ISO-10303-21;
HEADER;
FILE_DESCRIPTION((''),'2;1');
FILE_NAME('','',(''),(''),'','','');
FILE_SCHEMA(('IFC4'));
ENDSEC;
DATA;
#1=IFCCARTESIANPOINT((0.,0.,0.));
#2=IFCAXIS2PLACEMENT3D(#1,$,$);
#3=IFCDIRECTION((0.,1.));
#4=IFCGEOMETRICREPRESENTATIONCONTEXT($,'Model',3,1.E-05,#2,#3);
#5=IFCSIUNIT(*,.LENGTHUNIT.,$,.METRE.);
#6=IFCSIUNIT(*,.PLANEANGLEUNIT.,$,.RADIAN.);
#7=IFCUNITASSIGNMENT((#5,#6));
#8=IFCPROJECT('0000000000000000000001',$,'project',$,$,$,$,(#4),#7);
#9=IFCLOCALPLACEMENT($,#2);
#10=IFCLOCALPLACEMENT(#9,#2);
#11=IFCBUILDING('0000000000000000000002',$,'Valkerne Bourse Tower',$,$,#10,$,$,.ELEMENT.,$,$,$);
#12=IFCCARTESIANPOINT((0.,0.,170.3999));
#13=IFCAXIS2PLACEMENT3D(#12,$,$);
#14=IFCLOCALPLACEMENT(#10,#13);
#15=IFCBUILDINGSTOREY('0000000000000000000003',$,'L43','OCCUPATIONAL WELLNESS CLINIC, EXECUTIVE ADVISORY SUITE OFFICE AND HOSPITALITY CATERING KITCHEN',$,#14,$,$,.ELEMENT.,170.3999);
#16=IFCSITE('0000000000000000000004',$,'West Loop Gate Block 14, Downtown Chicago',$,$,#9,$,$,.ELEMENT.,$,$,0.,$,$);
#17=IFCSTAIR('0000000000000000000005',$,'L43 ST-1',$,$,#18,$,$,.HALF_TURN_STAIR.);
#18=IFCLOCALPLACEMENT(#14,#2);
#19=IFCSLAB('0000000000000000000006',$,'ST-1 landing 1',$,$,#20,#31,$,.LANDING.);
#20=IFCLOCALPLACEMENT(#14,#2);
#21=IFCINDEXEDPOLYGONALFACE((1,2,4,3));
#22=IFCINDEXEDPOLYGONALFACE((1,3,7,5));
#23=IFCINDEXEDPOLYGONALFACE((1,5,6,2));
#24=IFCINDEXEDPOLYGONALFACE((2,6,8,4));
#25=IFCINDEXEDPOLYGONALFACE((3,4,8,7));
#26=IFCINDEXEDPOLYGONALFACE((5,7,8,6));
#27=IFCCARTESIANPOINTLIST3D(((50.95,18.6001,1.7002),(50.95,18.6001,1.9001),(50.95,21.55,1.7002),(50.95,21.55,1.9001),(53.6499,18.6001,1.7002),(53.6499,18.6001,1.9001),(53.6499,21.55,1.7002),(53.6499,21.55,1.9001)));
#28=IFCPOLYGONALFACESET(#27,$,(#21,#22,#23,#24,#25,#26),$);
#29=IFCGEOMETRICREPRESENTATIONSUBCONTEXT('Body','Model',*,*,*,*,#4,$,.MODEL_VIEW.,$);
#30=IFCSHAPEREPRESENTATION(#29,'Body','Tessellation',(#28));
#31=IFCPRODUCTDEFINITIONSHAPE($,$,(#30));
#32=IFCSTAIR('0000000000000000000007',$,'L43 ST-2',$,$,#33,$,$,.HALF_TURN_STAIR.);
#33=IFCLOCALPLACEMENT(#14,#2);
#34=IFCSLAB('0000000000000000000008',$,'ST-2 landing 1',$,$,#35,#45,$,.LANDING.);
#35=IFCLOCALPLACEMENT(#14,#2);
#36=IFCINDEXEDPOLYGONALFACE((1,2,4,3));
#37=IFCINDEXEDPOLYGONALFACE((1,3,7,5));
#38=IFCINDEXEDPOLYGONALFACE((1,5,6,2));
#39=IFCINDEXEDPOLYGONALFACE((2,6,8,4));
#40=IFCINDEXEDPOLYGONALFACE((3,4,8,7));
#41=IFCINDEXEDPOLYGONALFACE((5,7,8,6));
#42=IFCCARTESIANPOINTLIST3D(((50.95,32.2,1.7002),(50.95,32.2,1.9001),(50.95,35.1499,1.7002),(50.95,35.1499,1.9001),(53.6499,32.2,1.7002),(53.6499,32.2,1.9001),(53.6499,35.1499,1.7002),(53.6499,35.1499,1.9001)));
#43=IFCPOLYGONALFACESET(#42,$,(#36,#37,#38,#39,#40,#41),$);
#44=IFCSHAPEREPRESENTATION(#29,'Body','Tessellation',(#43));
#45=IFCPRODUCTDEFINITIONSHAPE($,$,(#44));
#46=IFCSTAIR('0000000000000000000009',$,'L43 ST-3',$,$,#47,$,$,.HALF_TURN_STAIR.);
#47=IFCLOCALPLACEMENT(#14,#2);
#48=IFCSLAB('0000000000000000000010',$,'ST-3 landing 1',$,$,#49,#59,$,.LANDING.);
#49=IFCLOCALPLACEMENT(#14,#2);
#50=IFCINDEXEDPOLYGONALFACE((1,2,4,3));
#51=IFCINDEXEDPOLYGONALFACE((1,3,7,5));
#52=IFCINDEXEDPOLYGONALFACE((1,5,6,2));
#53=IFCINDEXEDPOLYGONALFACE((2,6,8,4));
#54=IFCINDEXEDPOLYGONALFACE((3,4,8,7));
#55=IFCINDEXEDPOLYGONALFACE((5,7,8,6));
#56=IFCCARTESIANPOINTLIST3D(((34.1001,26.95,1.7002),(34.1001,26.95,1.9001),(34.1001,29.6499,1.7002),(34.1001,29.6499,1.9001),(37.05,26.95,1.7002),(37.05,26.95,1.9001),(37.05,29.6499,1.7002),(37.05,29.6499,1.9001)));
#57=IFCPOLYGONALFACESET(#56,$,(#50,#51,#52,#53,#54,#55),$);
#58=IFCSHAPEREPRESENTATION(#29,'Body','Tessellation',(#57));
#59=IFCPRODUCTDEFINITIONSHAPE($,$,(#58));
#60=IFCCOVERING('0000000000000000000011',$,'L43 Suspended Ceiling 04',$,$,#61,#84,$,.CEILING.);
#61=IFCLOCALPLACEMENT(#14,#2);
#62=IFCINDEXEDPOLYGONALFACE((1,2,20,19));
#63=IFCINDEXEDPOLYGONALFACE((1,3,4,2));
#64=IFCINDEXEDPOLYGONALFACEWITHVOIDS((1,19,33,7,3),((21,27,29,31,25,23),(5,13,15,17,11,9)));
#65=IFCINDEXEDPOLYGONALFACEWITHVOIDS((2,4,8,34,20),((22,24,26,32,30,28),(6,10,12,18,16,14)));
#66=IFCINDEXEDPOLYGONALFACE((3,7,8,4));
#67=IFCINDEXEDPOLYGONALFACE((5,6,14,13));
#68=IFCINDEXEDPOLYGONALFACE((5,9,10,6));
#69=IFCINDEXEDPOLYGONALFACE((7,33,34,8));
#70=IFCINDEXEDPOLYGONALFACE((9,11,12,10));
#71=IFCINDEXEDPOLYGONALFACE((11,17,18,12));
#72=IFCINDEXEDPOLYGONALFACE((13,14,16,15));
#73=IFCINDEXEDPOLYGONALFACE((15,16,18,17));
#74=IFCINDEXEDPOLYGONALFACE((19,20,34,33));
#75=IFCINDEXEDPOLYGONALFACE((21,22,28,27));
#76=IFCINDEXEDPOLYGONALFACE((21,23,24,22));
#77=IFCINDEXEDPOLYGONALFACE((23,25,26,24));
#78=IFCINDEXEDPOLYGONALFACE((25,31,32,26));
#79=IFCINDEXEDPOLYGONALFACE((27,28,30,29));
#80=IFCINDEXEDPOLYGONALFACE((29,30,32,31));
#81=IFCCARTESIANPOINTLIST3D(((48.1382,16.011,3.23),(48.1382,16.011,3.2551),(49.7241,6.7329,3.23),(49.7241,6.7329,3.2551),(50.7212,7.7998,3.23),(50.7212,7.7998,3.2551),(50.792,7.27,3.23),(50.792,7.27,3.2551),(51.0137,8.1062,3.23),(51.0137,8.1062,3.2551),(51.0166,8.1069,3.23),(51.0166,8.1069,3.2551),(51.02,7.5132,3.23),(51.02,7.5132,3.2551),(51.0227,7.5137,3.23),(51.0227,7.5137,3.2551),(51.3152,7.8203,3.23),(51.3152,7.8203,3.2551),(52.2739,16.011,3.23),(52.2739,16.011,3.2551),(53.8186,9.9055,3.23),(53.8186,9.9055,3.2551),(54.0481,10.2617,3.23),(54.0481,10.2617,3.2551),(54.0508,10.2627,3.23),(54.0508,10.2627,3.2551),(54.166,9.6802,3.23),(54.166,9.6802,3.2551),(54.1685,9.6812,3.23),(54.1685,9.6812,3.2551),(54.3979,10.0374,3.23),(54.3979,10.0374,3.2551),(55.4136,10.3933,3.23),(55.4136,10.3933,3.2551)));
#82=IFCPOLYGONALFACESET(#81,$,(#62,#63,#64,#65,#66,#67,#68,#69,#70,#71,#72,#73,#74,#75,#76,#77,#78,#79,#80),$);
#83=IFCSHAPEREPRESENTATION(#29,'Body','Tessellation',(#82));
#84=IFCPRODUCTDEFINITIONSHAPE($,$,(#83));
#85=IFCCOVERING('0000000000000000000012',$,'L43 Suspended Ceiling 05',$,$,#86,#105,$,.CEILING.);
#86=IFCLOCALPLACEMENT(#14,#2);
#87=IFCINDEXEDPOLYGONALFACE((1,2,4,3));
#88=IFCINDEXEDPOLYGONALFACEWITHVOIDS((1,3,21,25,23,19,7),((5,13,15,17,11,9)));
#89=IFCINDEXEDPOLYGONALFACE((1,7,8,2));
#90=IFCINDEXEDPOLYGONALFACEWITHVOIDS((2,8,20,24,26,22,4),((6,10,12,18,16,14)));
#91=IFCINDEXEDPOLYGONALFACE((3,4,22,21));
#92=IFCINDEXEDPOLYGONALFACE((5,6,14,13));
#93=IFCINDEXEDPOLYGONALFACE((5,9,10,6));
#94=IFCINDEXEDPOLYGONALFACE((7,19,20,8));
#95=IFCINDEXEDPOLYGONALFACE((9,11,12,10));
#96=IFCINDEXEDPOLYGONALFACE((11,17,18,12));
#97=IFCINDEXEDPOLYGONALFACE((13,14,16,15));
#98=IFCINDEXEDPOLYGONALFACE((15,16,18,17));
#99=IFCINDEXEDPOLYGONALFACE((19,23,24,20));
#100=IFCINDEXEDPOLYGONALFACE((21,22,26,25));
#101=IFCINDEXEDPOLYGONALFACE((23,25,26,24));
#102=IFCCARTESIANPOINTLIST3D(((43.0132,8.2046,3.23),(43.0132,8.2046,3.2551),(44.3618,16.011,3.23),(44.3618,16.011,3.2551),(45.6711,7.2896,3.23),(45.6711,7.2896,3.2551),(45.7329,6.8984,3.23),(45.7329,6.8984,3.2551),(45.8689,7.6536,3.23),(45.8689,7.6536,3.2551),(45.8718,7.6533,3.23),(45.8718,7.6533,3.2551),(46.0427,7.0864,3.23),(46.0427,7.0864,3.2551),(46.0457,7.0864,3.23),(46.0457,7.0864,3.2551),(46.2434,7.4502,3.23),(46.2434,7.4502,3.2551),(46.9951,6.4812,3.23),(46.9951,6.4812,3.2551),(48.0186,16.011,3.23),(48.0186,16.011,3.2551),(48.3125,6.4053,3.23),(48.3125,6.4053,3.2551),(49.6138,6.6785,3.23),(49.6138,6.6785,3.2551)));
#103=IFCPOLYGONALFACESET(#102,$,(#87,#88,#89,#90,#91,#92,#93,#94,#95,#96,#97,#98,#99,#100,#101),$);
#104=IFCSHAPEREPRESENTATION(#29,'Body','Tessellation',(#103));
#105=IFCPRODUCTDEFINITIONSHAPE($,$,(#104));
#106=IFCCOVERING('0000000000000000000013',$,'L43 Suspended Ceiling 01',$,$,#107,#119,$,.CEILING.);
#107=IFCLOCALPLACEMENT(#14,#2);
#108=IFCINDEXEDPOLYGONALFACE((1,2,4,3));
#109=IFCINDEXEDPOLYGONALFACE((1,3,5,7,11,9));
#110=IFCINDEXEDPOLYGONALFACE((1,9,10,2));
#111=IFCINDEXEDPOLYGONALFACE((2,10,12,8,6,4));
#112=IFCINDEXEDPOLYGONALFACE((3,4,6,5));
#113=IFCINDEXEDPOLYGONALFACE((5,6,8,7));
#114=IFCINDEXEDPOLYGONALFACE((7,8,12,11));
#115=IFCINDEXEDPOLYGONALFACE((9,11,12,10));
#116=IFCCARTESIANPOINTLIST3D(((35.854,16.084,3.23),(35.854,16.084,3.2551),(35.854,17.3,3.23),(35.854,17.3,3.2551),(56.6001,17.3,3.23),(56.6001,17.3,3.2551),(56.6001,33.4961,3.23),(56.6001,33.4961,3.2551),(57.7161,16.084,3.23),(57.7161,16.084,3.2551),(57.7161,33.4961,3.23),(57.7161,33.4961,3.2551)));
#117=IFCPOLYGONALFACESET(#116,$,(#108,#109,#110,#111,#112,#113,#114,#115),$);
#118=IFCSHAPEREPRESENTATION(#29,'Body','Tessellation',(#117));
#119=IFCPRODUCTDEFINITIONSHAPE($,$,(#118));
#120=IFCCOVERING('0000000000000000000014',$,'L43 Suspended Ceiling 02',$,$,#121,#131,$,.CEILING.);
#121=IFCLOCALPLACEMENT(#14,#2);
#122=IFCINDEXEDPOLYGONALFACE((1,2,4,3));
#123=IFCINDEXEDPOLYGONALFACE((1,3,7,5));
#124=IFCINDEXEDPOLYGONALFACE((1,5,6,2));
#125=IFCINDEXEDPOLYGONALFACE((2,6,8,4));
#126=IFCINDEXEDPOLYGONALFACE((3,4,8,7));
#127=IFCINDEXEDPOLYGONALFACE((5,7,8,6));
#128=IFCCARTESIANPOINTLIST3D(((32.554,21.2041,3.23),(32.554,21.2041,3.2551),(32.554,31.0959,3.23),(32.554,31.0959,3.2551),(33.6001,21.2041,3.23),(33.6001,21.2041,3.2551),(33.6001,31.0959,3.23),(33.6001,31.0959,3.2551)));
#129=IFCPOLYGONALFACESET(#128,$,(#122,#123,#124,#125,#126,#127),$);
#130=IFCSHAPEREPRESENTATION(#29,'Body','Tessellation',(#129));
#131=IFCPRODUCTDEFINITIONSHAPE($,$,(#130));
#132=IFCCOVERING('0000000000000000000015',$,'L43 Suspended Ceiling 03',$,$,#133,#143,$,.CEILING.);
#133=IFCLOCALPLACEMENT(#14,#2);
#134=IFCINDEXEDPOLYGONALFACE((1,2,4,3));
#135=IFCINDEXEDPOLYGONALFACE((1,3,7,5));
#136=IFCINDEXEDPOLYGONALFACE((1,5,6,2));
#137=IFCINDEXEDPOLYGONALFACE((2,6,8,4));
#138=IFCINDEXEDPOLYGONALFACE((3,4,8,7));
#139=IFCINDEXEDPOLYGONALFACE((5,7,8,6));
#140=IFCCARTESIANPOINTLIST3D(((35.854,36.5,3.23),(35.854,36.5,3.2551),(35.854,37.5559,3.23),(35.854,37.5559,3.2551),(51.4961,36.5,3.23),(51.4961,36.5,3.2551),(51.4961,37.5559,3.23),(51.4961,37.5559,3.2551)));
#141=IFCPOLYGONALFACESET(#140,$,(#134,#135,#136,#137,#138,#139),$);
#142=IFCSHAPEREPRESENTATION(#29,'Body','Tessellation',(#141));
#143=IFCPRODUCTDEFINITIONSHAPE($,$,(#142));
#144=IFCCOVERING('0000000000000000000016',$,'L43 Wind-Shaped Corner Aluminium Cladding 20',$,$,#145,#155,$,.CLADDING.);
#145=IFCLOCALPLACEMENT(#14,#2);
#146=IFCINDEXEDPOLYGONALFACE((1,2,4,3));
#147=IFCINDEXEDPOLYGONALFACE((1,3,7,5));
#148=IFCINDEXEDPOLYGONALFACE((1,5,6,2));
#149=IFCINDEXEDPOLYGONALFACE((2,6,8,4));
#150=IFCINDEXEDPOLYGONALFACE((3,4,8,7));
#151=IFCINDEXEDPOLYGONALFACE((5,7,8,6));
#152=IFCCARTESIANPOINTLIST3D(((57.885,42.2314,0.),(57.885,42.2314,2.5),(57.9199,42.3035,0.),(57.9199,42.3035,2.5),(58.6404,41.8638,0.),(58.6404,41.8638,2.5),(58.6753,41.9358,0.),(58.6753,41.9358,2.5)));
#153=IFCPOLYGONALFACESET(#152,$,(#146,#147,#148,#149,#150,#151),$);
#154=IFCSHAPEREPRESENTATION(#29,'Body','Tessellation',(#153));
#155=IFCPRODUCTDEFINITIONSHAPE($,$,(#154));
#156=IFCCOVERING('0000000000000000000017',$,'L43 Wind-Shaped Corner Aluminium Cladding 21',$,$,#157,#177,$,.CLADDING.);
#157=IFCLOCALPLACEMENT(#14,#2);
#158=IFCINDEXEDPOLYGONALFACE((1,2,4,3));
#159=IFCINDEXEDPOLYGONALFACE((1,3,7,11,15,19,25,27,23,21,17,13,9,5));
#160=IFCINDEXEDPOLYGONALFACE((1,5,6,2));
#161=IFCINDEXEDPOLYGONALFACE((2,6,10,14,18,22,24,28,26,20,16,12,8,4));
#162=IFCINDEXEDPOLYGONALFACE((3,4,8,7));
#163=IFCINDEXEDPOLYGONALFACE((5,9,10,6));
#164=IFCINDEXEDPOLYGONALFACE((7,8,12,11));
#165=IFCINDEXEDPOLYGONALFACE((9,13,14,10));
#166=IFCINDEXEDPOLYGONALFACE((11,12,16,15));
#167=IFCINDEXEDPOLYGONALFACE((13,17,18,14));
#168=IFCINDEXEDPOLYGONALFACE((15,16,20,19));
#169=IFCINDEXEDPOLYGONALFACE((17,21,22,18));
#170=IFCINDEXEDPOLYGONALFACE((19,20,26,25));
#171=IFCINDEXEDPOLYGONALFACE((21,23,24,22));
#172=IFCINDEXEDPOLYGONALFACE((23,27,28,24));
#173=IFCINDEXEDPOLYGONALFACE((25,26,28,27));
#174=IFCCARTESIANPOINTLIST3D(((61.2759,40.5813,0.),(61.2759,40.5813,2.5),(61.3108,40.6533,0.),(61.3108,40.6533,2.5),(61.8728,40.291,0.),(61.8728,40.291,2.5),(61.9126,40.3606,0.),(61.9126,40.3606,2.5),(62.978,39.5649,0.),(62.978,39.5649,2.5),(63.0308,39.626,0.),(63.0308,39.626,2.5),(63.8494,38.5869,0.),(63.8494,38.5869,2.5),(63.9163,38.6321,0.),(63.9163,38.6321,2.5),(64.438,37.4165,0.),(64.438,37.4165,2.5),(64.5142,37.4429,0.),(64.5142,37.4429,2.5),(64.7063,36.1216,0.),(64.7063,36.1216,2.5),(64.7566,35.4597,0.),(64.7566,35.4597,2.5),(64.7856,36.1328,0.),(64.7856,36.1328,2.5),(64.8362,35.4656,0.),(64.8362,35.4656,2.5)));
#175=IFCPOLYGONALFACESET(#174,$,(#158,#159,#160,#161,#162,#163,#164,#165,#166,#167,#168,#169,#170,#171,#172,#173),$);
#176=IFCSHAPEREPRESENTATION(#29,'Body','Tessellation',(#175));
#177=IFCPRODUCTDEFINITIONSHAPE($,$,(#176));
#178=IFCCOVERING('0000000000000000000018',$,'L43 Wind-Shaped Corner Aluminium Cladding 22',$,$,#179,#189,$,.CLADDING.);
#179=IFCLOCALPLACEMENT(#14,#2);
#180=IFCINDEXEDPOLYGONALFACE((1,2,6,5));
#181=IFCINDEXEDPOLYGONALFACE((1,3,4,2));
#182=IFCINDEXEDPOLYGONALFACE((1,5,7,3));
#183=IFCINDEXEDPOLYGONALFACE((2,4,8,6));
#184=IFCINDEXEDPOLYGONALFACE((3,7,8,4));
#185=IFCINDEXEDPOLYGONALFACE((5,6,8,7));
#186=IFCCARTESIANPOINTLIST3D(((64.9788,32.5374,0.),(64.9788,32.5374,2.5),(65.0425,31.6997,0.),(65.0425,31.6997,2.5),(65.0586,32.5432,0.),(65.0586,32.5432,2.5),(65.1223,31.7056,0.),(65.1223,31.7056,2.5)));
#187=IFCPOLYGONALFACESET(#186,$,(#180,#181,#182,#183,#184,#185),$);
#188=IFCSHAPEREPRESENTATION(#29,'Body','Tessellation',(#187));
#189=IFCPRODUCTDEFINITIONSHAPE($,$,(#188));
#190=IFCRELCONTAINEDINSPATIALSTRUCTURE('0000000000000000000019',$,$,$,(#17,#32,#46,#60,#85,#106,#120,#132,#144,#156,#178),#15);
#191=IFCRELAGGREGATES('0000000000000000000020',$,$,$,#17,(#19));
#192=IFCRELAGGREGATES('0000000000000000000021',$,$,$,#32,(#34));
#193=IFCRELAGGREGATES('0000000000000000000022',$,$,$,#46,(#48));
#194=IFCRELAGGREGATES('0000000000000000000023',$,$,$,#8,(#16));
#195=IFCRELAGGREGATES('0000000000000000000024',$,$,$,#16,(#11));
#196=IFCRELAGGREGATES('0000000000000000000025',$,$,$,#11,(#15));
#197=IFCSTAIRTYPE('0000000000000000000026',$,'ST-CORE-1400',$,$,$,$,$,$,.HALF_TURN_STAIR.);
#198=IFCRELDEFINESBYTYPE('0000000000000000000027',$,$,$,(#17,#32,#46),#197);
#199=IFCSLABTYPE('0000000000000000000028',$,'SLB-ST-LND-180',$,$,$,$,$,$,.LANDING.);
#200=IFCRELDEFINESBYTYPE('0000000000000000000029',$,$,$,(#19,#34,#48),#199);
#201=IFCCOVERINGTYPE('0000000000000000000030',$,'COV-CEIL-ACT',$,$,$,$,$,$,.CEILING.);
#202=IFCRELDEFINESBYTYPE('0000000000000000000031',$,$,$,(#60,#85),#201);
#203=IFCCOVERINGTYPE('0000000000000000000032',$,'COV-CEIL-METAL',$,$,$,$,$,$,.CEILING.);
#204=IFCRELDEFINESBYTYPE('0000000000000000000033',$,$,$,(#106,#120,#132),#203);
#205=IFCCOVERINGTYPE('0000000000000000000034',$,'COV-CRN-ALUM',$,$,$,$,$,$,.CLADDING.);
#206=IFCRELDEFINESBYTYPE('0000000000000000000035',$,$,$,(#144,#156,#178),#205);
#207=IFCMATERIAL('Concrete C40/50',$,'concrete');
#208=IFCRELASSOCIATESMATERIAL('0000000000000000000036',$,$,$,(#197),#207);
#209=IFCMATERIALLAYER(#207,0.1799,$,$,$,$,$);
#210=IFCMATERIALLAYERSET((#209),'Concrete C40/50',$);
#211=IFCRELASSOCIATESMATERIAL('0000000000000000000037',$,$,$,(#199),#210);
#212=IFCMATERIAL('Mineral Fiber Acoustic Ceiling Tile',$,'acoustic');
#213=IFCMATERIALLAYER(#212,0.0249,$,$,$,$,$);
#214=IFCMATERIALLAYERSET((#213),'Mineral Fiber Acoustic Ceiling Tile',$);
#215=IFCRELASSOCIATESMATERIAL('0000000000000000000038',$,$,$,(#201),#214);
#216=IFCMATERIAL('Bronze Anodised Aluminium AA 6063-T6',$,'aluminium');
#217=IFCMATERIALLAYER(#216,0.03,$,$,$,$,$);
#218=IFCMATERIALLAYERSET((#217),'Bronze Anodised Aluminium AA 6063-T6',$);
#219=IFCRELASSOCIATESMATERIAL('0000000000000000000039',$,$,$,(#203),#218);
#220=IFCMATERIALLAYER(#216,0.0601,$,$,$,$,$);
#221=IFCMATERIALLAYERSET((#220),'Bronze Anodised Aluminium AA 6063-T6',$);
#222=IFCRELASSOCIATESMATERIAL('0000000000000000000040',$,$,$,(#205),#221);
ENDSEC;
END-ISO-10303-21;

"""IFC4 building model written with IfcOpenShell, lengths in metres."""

from ifc_helpers import new_model, si_unit, direction, frame, origin, place, context, subcontext, project, spatial, polyline, outline, extrude, material, layer, layer_set, type_object, element, aggregate, save


model = new_model("IFC4")

# Units and contexts
model_context = context("Model", 3, precision=1e-05, world=origin(), true_north=direction((0.0, 1.0)))
body_context = subcontext(model_context, "Body", "Model", "MODEL_VIEW")
ifc_project = project(units=[si_unit("LENGTHUNIT", "METRE"), si_unit("PLANEANGLEUNIT", "RADIAN")], contexts=[model_context])

# Site, building, storey
site_placement = place(None, origin())
site = spatial("IfcSite", under=ifc_project, at=site_placement, Name="West Loop Gate Block 14, Downtown Chicago", CompositionType="ELEMENT", RefElevation=0.0)
building_placement = place(site_placement, origin())
building = spatial("IfcBuilding", under=site, at=building_placement, Name="Valkerne Bourse Tower", CompositionType="ELEMENT")
storey_placement = place(building_placement, frame((0.0, 0.0, 170.3999)))
storey = spatial("IfcBuildingStorey", under=building, at=storey_placement, Name="L43", Description="OCCUPATIONAL WELLNESS CLINIC, EXECUTIVE ADVISORY SUITE OFFICE AND HOSPITALITY CATERING KITCHEN", CompositionType="ELEMENT", Elevation=170.3999)

# Stairs, slabs
ifc_material_1 = material(Name="Concrete C40/50", Category="concrete")
stair_type = type_object("IfcStairType", Name="ST-CORE-1400", PredefinedType="HALF_TURN_STAIR", material=ifc_material_1)
stair_1_placement = place(storey_placement, origin())
stair_1 = element("IfcStair", 1, at=stair_1_placement, inside=storey, type_object=stair_type, Name="L43 ST-1", PredefinedType="HALF_TURN_STAIR")
ifc_layer_1 = layer(ifc_material_1, 0.1799)
ifc_layer_set_1 = layer_set([ifc_layer_1], Name="Concrete C40/50")
slab_type = type_object("IfcSlabType", Name="SLB-ST-LND-180", PredefinedType="LANDING", material=ifc_layer_set_1)
slab_1_placement = place(storey_placement, frame((0.0, 0.0, 1.7002)))
slab_1 = element("IfcSlab", 2, at=slab_1_placement, type_object=slab_type, Name="ST-1 landing 1", PredefinedType="LANDING", context=body_context, shape_type="SweptSolid", body=[
    extrude(outline(polyline([(50.95, 18.6001), (53.6499, 18.6001), (53.6499, 21.55), (50.95, 21.55), (50.95, 18.6001)])), origin(), (0.0, 0.0, 1.0), 0.2),
])
aggregate(stair_1, [slab_1])
stair_2_placement = place(storey_placement, origin())
stair_2 = element("IfcStair", 3, at=stair_2_placement, inside=storey, type_object=stair_type, Name="L43 ST-2", PredefinedType="HALF_TURN_STAIR")
slab_2_placement = place(storey_placement, frame((0.0, 0.0, 1.7002)))
slab_2 = element("IfcSlab", 4, at=slab_2_placement, type_object=slab_type, Name="ST-2 landing 1", PredefinedType="LANDING", context=body_context, shape_type="SweptSolid", body=[
    extrude(outline(polyline([(50.95, 32.2), (53.6499, 32.2), (53.6499, 35.1499), (50.95, 35.1499), (50.95, 32.2)])), origin(), (0.0, 0.0, 1.0), 0.2),
])
aggregate(stair_2, [slab_2])
stair_3_placement = place(storey_placement, origin())
stair_3 = element("IfcStair", 5, at=stair_3_placement, inside=storey, type_object=stair_type, Name="L43 ST-3", PredefinedType="HALF_TURN_STAIR")
slab_3_placement = place(storey_placement, frame((0.0, 0.0, 1.7002)))
slab_3 = element("IfcSlab", 6, at=slab_3_placement, type_object=slab_type, Name="ST-3 landing 1", PredefinedType="LANDING", context=body_context, shape_type="SweptSolid", body=[
    extrude(outline(polyline([(37.05, 26.95), (37.05, 29.6499), (34.1001, 29.6499), (34.1001, 26.95), (37.05, 26.95)])), origin(), (0.0, 0.0, 1.0), 0.2),
])
aggregate(stair_3, [slab_3])

# Coverings
ifc_material_2 = material(Name="Mineral Fiber Acoustic Ceiling Tile", Category="acoustic")
ifc_layer_2 = layer(ifc_material_2, 0.0249)
ifc_layer_set_2 = layer_set([ifc_layer_2], Name="Mineral Fiber Acoustic Ceiling Tile")
covering_type_1 = type_object("IfcCoveringType", Name="COV-CEIL-ACT", PredefinedType="CEILING", material=ifc_layer_set_2)
covering_1_placement = place(storey_placement, frame((0.0, 0.0, 3.23)))
element("IfcCovering", 7, at=covering_1_placement, inside=storey, type_object=covering_type_1, Name="L43 Suspended Ceiling 04", PredefinedType="CEILING", context=body_context, shape_type="SweptSolid", body=[
    extrude(outline(polyline([(48.1382, 16.011), (52.2739, 16.011), (55.4136, 10.3933), (50.792, 7.27), (49.7241, 6.7329), (48.1382, 16.011)]), holes=[polyline([(51.3152, 7.8203), (51.0166, 8.1069), (51.0137, 8.1062), (50.7212, 7.7998), (51.02, 7.5132), (51.0227, 7.5137), (51.3152, 7.8203)]), polyline([(54.3979, 10.0374), (54.0508, 10.2627), (54.0481, 10.2617), (53.8186, 9.9055), (54.166, 9.6802), (54.1685, 9.6812), (54.3979, 10.0374)])]), origin(), (0.0, 0.0, 1.0), 0.0251),
])
covering_2_placement = place(storey_placement, frame((0.0, 0.0, 3.23)))
element("IfcCovering", 8, at=covering_2_placement, inside=storey, type_object=covering_type_1, Name="L43 Suspended Ceiling 05", PredefinedType="CEILING", context=body_context, shape_type="SweptSolid", body=[
    extrude(outline(polyline([(46.9951, 6.4812), (45.7329, 6.8984), (43.0132, 8.2046), (44.3618, 16.011), (48.0186, 16.011), (49.6138, 6.6785), (48.3125, 6.4053), (46.9951, 6.4812)]), holes=[polyline([(46.2434, 7.4502), (45.8718, 7.6533), (45.8689, 7.6536), (45.6711, 7.2896), (46.0427, 7.0864), (46.0457, 7.0864), (46.2434, 7.4502)])]), origin(), (0.0, 0.0, 1.0), 0.0251),
])
ifc_material_3 = material(Name="Bronze Anodised Aluminium AA 6063-T6", Category="aluminium")
ifc_layer_3 = layer(ifc_material_3, 0.03)
ifc_layer_set_3 = layer_set([ifc_layer_3], Name="Bronze Anodised Aluminium AA 6063-T6")
covering_type_2 = type_object("IfcCoveringType", Name="COV-CEIL-METAL", PredefinedType="CEILING", material=ifc_layer_set_3)
covering_3_placement = place(storey_placement, frame((0.0, 0.0, 3.23)))
element("IfcCovering", 9, at=covering_3_placement, inside=storey, type_object=covering_type_2, Name="L43 Suspended Ceiling 01", PredefinedType="CEILING", context=body_context, shape_type="SweptSolid", body=[
    extrude(outline(polyline([(35.854, 17.3), (56.6001, 17.3), (56.6001, 33.4961), (57.7161, 33.4961), (57.7161, 16.084), (35.854, 16.084), (35.854, 17.3)])), origin(), (0.0, 0.0, 1.0), 0.0251),
])
covering_4_placement = place(storey_placement, frame((0.0, 0.0, 3.23)))
element("IfcCovering", 10, at=covering_4_placement, inside=storey, type_object=covering_type_2, Name="L43 Suspended Ceiling 02", PredefinedType="CEILING", context=body_context, shape_type="SweptSolid", body=[
    extrude(outline(polyline([(32.554, 21.2041), (32.554, 31.0959), (33.6001, 31.0959), (33.6001, 21.2041), (32.554, 21.2041)])), origin(), (0.0, 0.0, 1.0), 0.0251),
])
covering_5_placement = place(storey_placement, frame((0.0, 0.0, 3.23)))
element("IfcCovering", 11, at=covering_5_placement, inside=storey, type_object=covering_type_2, Name="L43 Suspended Ceiling 03", PredefinedType="CEILING", context=body_context, shape_type="SweptSolid", body=[
    extrude(outline(polyline([(35.854, 37.5559), (51.4961, 37.5559), (51.4961, 36.5), (35.854, 36.5), (35.854, 37.5559)])), origin(), (0.0, 0.0, 1.0), 0.0251),
])
ifc_layer_4 = layer(ifc_material_3, 0.0601)
ifc_layer_set_4 = layer_set([ifc_layer_4], Name="Bronze Anodised Aluminium AA 6063-T6")
covering_type_3 = type_object("IfcCoveringType", Name="COV-CRN-ALUM", PredefinedType="CLADDING", material=ifc_layer_set_4)
covering_6_placement = place(storey_placement, origin())
element("IfcCovering", 12, at=covering_6_placement, inside=storey, type_object=covering_type_3, Name="L43 Wind-Shaped Corner Aluminium Cladding 20", PredefinedType="CLADDING", context=body_context, shape_type="SweptSolid", body=[
    extrude(outline(polyline([(58.6753, 41.9358), (58.6404, 41.8638), (57.885, 42.2314), (57.9199, 42.3035), (58.6753, 41.9358)])), origin(), (0.0, 0.0, 1.0), 2.5),
])
covering_7_placement = place(storey_placement, origin())
element("IfcCovering", 13, at=covering_7_placement, inside=storey, type_object=covering_type_3, Name="L43 Wind-Shaped Corner Aluminium Cladding 21", PredefinedType="CLADDING", context=body_context, shape_type="SweptSolid", body=[
    extrude(outline(polyline([(61.9126, 40.3606), (63.0308, 39.626), (63.9163, 38.6321), (64.5142, 37.4429), (64.7856, 36.1328), (64.8362, 35.4656), (64.7566, 35.4597), (64.7063, 36.1216), (64.438, 37.4165), (63.8494, 38.5869), (62.978, 39.5649), (61.8728, 40.291), (61.2759, 40.5813), (61.3108, 40.6533), (61.9126, 40.3606)])), origin(), (0.0, 0.0, 1.0), 2.5),
])
covering_8_placement = place(storey_placement, origin())
element("IfcCovering", 14, at=covering_8_placement, inside=storey, type_object=covering_type_3, Name="L43 Wind-Shaped Corner Aluminium Cladding 22", PredefinedType="CLADDING", context=body_context, shape_type="SweptSolid", body=[
    extrude(outline(polyline([(65.1223, 31.7056), (65.0425, 31.6997), (64.9788, 32.5374), (65.0586, 32.5432), (65.1223, 31.7056)])), origin(), (0.0, 0.0, 1.0), 2.5),
])

save(model, "model.ifc")
